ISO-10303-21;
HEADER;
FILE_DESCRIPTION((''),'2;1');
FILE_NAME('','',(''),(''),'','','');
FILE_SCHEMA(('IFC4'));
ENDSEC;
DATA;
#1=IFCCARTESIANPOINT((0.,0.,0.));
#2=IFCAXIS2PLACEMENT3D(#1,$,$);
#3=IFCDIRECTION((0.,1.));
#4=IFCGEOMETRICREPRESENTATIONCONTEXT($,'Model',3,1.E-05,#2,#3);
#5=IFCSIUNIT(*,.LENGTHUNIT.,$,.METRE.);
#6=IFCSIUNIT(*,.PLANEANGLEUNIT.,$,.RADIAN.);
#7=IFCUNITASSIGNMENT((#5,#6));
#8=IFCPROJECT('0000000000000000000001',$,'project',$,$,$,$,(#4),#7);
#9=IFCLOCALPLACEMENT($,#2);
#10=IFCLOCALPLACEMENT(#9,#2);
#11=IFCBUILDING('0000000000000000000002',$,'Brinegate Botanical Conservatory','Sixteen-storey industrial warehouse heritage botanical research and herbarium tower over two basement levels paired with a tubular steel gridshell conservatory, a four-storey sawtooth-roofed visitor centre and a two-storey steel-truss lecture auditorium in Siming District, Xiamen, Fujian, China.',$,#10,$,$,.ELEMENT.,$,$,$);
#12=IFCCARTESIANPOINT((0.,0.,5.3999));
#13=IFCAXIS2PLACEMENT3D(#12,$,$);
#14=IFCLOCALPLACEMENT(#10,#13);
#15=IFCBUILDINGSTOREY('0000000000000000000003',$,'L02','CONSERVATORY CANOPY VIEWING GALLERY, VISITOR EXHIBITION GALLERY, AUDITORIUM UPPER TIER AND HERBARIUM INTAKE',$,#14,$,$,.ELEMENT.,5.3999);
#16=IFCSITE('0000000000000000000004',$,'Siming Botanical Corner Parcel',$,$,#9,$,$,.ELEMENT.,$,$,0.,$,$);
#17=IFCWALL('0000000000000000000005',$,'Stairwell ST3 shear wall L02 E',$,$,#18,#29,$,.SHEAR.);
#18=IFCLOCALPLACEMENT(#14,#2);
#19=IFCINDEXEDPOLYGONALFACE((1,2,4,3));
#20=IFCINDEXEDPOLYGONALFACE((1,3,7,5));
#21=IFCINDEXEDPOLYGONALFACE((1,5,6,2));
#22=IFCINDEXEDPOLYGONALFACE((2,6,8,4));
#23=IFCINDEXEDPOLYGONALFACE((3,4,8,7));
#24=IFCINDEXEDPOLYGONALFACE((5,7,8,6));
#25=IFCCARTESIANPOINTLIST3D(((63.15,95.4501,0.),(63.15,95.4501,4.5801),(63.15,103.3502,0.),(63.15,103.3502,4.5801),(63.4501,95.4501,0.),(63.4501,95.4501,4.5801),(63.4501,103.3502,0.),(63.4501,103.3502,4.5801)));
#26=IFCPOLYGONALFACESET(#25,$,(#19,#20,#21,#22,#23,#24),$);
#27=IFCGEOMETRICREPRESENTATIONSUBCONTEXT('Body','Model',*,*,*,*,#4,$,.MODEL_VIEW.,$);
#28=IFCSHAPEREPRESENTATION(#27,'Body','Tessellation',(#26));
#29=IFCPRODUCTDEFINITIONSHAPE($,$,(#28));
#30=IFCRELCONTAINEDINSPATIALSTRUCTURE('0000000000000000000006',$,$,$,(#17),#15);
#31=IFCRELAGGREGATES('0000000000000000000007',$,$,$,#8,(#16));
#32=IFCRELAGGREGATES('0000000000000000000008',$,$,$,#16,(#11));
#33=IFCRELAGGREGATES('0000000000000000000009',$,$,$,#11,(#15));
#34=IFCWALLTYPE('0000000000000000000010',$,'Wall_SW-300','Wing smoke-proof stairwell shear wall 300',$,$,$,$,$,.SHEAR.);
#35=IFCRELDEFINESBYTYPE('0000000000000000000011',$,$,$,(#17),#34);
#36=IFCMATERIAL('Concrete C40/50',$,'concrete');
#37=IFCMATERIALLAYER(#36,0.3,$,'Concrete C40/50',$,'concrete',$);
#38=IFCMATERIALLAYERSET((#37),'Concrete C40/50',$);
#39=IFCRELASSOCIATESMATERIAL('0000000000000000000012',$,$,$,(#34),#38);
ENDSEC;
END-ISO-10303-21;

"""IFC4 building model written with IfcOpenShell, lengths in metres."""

from ifc_helpers import new_model, si_unit, direction, frame, frame_2d, origin, place, context, subcontext, project, spatial, rectangle, extrude, material, layer, layer_set, type_object, element, save


model = new_model("IFC4")

# Units and contexts
model_context = context("Model", 3, precision=1e-05, world=origin(), true_north=direction((0.0, 1.0)))
body_context = subcontext(model_context, "Body", "Model", "MODEL_VIEW")
ifc_project = project(units=[si_unit("LENGTHUNIT", "METRE"), si_unit("PLANEANGLEUNIT", "RADIAN")], contexts=[model_context])

# Site, building, storey
site_placement = place(None, origin())
site = spatial("IfcSite", under=ifc_project, at=site_placement, Name="Siming Botanical Corner Parcel", CompositionType="ELEMENT", RefElevation=0.0)
building_placement = place(site_placement, origin())
building = spatial("IfcBuilding", under=site, at=building_placement, Name="Brinegate Botanical Conservatory", Description="Sixteen-storey industrial warehouse heritage botanical research and herbarium tower over two basement levels paired with a tubular steel gridshell conservatory, a four-storey sawtooth-roofed visitor centre and a two-storey steel-truss lecture auditorium in Siming District, Xiamen, Fujian, China.", CompositionType="ELEMENT")
storey_placement = place(building_placement, frame((0.0, 0.0, 5.3999)))
storey = spatial("IfcBuildingStorey", under=building, at=storey_placement, Name="L02", Description="CONSERVATORY CANOPY VIEWING GALLERY, VISITOR EXHIBITION GALLERY, AUDITORIUM UPPER TIER AND HERBARIUM INTAKE", CompositionType="ELEMENT", Elevation=5.3999)

# Shared definitions
ifc_material_1 = material(Name="Concrete C40/50", Category="concrete")

# Wall
ifc_layer_1 = layer(ifc_material_1, 0.3, Name="Concrete C40/50", Category="concrete")
ifc_layer_set_1 = layer_set([ifc_layer_1], Name="Concrete C40/50")
wall_type_1 = type_object("IfcWallType", Name="Wall_SW-300", Description="Wing smoke-proof stairwell shear wall 300", PredefinedType="SHEAR", material=ifc_layer_set_1)
wall_1_placement = place(storey_placement, frame((63.3, 95.45, 0.0), z_axis=(0.0, 0.0, 1.0), x_axis=(0.0, 1.0, 0.0)))
element("IfcWall", 1, at=wall_1_placement, inside=storey, type_object=wall_type_1, Name="Stairwell ST3 shear wall L02 E", PredefinedType="SHEAR", context=body_context, shape_type="SweptSolid", body=[
    extrude(rectangle(XDim=7.9001, YDim=0.3, at=frame_2d((3.9502, 0.0))), origin(), (0.0, 0.0, 1.0), 4.5801),
])

save(model, "model.ifc")
